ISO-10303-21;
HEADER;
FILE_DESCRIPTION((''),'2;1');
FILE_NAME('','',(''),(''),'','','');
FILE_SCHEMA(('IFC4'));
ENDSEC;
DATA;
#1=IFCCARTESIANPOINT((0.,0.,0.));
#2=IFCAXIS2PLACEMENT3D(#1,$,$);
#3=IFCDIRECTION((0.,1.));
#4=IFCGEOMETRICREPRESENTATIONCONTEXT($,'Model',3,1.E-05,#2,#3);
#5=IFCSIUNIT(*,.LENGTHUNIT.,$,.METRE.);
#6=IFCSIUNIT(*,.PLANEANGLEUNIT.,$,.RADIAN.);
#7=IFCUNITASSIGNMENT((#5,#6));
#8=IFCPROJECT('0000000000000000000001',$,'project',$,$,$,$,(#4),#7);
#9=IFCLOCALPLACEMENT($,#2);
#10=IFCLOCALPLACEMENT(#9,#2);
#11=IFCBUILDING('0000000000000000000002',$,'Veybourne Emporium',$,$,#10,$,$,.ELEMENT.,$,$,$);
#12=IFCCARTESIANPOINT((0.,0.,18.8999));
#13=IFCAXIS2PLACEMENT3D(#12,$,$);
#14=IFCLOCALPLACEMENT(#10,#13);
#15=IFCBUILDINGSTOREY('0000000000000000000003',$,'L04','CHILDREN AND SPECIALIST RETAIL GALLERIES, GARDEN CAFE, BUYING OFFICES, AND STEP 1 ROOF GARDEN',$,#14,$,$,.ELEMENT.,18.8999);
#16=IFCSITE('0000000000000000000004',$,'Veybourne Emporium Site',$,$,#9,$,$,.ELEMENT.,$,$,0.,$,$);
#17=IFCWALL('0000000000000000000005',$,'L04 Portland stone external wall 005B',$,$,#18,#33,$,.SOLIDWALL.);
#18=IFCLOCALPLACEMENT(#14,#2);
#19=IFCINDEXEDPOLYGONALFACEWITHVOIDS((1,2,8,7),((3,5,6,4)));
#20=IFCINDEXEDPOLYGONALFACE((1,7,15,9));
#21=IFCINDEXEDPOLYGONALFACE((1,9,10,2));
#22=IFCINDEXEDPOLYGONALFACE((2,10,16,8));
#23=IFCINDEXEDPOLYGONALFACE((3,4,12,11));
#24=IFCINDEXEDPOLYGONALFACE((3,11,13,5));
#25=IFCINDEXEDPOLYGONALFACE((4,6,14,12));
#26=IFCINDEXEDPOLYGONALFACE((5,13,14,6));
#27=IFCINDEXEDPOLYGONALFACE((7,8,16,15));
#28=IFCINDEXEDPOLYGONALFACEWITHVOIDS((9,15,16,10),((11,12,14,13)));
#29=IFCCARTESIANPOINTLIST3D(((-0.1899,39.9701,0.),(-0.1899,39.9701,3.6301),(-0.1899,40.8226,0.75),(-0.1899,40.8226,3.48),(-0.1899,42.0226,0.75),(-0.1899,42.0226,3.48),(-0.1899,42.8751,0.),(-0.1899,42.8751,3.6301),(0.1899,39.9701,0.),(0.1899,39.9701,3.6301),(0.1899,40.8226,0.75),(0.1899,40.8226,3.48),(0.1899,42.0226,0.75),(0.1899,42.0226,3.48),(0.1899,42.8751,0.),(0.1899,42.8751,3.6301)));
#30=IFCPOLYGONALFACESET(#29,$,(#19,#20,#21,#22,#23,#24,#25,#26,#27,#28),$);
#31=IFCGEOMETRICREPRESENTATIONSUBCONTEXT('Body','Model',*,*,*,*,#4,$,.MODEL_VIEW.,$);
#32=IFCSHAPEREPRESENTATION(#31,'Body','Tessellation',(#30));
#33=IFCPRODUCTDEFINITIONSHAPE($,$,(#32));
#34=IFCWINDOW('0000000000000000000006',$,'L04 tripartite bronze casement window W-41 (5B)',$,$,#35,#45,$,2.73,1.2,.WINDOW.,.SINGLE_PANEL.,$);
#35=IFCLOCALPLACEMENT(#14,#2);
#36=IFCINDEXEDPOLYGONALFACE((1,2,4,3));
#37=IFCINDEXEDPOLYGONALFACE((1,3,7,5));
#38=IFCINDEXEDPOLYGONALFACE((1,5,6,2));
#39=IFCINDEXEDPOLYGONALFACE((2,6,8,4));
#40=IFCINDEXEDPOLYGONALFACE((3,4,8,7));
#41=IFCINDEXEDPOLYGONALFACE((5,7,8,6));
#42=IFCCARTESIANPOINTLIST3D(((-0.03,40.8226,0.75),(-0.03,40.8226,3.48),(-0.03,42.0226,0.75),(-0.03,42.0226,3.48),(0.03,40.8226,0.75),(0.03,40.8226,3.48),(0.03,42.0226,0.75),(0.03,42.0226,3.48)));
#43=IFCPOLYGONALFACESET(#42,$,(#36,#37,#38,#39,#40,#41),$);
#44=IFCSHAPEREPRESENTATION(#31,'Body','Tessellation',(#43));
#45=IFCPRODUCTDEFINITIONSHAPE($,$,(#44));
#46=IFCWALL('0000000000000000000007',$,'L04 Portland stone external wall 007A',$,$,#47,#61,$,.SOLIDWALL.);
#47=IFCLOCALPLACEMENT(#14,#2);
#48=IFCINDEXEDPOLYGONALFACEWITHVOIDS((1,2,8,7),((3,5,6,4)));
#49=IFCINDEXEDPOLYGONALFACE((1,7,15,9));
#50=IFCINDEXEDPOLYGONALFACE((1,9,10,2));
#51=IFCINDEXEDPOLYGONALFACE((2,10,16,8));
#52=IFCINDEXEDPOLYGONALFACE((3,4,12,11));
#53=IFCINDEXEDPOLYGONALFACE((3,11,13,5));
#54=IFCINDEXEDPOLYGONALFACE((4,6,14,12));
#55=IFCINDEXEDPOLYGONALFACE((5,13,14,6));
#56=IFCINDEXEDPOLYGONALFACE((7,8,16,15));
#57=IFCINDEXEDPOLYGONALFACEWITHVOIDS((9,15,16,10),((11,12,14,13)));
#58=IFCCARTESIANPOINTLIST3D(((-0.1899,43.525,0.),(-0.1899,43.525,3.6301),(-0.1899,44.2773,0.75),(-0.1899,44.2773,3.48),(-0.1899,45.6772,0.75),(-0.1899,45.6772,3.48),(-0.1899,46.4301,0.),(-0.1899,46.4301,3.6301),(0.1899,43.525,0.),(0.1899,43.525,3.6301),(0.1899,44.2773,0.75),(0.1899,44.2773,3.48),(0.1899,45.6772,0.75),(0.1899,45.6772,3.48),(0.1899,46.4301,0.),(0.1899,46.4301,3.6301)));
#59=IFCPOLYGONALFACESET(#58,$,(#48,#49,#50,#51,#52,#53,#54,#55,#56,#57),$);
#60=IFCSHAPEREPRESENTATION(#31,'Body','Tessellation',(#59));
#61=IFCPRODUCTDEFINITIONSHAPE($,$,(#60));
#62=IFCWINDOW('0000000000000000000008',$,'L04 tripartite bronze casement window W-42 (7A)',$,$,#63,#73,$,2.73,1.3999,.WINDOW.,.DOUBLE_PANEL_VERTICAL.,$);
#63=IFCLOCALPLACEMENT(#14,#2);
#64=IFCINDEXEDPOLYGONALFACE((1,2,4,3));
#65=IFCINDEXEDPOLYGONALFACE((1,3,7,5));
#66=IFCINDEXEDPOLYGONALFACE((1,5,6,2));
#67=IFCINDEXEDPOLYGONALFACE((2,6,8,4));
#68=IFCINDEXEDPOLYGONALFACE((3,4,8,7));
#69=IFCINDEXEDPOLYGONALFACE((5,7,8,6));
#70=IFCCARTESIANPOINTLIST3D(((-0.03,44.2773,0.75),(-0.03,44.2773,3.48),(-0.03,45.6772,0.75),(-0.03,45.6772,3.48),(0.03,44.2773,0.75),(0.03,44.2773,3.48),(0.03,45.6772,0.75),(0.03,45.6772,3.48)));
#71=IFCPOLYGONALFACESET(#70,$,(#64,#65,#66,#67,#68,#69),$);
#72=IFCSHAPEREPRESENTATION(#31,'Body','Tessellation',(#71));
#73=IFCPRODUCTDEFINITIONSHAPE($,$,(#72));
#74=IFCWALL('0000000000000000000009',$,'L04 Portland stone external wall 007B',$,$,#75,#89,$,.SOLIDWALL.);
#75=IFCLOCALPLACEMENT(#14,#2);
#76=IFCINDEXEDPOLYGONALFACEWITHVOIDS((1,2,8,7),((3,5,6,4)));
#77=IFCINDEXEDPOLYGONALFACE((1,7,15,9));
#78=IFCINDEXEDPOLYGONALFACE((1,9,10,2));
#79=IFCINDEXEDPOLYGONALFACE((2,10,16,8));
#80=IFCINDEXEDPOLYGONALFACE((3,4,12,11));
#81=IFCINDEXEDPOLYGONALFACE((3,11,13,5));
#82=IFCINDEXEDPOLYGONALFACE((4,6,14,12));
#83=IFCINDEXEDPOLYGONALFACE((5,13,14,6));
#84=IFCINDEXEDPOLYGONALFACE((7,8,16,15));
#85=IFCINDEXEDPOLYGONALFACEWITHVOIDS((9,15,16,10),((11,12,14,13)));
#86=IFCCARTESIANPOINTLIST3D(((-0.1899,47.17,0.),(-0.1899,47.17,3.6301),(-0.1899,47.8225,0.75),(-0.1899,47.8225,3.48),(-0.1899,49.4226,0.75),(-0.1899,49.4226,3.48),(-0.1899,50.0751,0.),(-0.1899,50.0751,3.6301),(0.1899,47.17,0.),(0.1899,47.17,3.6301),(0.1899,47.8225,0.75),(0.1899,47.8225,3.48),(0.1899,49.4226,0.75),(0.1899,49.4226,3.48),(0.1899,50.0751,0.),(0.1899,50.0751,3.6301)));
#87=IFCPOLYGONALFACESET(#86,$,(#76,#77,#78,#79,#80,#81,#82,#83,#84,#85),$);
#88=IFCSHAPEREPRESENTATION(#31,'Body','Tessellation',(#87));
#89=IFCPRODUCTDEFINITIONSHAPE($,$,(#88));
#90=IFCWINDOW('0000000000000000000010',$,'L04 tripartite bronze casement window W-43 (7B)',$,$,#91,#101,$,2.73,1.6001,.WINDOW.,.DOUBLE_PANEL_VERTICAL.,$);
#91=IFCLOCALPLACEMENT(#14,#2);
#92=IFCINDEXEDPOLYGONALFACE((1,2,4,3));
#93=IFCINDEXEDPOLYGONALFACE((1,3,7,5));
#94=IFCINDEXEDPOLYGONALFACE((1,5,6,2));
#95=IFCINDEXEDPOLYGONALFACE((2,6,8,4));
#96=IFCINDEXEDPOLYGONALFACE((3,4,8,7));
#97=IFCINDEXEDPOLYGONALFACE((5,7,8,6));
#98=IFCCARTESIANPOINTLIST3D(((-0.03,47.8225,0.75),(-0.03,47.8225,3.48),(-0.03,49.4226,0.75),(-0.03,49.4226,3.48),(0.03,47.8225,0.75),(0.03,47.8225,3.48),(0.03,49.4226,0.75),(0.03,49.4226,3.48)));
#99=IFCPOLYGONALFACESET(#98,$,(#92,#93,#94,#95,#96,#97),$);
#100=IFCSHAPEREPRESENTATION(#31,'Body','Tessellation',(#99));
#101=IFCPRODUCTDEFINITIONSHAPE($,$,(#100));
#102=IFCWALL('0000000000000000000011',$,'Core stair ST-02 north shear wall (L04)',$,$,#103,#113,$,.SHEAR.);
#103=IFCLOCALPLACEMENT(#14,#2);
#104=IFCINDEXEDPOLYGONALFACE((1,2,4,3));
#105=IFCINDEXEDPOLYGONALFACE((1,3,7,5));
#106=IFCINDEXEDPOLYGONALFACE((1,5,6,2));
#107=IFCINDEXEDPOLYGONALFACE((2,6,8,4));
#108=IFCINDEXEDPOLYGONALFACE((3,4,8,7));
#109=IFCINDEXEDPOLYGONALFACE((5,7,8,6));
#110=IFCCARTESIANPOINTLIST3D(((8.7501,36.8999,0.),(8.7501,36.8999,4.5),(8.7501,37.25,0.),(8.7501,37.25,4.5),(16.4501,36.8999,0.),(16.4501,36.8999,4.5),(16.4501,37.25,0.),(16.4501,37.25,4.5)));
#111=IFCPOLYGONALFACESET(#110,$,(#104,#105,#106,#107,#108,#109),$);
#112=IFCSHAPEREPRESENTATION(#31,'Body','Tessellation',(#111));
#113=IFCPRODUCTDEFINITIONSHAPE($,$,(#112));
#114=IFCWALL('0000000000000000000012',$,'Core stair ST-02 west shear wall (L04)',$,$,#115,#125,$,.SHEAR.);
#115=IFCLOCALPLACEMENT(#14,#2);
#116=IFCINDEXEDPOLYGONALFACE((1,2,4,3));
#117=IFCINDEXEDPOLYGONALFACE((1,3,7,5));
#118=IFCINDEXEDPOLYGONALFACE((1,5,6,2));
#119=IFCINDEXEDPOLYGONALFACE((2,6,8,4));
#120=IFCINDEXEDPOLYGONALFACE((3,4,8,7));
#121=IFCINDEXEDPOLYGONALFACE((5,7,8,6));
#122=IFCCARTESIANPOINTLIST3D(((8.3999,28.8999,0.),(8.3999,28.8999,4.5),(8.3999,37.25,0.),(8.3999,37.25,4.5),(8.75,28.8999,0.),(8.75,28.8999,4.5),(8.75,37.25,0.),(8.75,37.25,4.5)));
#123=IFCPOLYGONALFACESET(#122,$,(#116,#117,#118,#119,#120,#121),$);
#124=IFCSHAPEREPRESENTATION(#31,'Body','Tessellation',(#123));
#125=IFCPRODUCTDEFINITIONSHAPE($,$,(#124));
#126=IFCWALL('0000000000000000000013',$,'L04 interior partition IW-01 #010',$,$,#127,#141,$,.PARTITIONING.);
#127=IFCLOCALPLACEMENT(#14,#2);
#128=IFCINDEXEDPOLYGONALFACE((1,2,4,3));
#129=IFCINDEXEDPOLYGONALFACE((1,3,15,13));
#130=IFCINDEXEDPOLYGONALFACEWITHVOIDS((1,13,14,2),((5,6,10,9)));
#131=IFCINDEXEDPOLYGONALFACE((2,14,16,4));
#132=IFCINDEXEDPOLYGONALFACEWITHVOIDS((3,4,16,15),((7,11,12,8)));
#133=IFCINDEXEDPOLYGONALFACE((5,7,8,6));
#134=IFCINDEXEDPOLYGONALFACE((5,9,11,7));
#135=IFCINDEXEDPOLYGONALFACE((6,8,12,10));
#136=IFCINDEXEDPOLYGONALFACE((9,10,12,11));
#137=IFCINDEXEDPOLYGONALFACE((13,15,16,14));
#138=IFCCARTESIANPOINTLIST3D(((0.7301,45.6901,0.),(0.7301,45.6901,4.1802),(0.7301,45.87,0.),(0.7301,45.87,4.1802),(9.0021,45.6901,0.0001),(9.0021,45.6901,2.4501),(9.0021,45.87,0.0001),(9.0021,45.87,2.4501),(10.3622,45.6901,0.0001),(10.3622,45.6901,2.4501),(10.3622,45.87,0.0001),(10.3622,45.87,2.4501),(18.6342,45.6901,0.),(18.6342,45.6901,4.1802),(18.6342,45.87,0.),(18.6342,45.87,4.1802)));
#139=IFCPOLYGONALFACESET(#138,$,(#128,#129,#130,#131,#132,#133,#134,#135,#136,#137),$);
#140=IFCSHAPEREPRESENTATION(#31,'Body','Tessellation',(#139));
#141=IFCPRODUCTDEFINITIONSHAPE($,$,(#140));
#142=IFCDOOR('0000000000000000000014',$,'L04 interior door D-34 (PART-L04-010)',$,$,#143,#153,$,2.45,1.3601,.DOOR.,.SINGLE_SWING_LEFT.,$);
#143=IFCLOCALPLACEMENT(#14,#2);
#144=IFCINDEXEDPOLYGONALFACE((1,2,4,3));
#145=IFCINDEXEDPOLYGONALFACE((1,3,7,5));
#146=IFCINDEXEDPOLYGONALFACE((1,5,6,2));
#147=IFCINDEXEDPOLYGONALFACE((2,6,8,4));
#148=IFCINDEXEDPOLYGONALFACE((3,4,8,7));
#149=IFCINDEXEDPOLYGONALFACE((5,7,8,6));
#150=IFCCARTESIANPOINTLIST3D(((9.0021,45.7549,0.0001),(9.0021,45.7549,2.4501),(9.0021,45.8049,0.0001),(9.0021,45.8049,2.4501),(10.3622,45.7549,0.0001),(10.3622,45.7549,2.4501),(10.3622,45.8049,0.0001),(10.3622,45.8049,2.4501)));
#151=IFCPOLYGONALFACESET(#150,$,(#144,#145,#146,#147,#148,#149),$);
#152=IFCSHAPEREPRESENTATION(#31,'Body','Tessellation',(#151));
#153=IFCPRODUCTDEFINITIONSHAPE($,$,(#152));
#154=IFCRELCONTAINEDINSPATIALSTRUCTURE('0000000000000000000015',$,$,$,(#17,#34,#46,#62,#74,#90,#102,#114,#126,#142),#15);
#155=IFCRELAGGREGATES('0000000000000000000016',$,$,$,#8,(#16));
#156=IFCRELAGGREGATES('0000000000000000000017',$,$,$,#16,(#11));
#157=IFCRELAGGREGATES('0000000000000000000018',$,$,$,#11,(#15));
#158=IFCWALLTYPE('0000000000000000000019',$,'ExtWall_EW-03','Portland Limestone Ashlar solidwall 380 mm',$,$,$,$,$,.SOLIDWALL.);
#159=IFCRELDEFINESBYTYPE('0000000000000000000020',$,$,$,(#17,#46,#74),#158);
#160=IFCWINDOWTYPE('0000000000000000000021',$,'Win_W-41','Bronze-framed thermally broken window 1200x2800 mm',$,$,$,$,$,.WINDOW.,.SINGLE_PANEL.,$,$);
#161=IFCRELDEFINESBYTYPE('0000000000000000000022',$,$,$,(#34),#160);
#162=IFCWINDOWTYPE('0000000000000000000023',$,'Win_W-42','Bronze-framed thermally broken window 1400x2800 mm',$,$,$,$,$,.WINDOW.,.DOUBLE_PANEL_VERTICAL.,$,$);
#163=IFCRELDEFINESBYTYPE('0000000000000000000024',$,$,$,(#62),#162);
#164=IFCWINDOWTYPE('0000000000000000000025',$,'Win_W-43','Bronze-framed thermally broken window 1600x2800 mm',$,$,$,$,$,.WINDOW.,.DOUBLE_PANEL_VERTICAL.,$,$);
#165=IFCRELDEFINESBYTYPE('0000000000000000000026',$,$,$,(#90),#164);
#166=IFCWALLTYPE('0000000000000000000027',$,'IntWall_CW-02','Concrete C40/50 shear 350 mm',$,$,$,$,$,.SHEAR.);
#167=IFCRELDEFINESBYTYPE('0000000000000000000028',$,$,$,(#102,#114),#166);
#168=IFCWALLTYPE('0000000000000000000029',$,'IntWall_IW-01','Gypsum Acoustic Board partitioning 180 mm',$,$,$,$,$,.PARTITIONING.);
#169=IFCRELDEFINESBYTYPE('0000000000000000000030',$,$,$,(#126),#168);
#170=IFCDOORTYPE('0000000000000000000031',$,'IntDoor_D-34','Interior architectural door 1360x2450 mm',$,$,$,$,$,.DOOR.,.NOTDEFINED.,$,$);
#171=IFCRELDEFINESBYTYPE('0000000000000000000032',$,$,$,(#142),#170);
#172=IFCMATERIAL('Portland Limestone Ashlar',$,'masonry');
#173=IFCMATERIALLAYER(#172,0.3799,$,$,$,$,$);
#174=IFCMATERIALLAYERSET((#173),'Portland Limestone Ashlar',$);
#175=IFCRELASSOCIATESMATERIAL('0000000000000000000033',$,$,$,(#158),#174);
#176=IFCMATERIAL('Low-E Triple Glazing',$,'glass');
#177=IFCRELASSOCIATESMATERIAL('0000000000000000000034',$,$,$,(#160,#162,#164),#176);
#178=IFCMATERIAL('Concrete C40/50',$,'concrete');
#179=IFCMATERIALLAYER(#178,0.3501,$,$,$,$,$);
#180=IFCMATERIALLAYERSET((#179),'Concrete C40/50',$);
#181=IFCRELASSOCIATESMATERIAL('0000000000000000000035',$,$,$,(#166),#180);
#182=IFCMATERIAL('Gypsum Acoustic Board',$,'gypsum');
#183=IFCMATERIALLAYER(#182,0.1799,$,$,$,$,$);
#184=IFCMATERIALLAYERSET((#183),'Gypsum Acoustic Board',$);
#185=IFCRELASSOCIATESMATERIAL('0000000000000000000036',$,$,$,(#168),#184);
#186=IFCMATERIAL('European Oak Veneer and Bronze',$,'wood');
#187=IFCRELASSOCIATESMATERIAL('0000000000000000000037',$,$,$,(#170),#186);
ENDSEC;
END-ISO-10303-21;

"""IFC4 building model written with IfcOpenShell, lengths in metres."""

from ifc_helpers import new_model, si_unit, direction, frame, frame_2d, origin, place, context, subcontext, project, spatial, rectangle, extrude, material, layer, layer_set, type_object, element, fill, save


model = new_model("IFC4")

# Units and contexts
model_context = context("Model", 3, precision=1e-05, world=origin(), true_north=direction((0.0, 1.0)))
body_context = subcontext(model_context, "Body", "Model", "MODEL_VIEW")
ifc_project = project(units=[si_unit("LENGTHUNIT", "METRE"), si_unit("PLANEANGLEUNIT", "RADIAN")], contexts=[model_context])

# Site, building, storey
site_placement = place(None, origin())
site = spatial("IfcSite", under=ifc_project, at=site_placement, Name="Veybourne Emporium Site", CompositionType="ELEMENT", RefElevation=0.0)
building_placement = place(site_placement, origin())
building = spatial("IfcBuilding", under=site, at=building_placement, Name="Veybourne Emporium", CompositionType="ELEMENT")
storey_placement = place(building_placement, frame((0.0, 0.0, 18.8999)))
storey = spatial("IfcBuildingStorey", under=building, at=storey_placement, Name="L04", Description="CHILDREN AND SPECIALIST RETAIL GALLERIES, GARDEN CAFE, BUYING OFFICES, AND STEP 1 ROOF GARDEN", CompositionType="ELEMENT", Elevation=18.8999)

# Shared definitions
ifc_material_1 = material(Name="Concrete C40/50", Category="concrete")

# Walls, openings, windows
ifc_material_2 = material(Name="Portland Limestone Ashlar", Category="masonry")
ifc_layer_1 = layer(ifc_material_2, 0.3799)
ifc_layer_set_1 = layer_set([ifc_layer_1], Name="Portland Limestone Ashlar")
wall_type_1 = type_object("IfcWallType", Name="ExtWall_EW-03", Description="Portland Limestone Ashlar solidwall 380 mm", PredefinedType="SOLIDWALL", material=ifc_layer_set_1)
ifc_material_3 = material(Name="Low-E Triple Glazing", Category="glass")
wall_1_placement = place(storey_placement, frame((0.0, 39.97, 0.0), z_axis=(0.0, 0.0, 1.0), x_axis=(0.0, 1.0, 0.0)))
wall_1 = element("IfcWall", 1, at=wall_1_placement, inside=storey, type_object=wall_type_1, Name="L04 Portland stone external wall 005B", PredefinedType="SOLIDWALL", context=body_context, shape_type="SweptSolid", body=[
    extrude(rectangle(XDim=2.905, YDim=0.3799, at=frame_2d((1.4526, 0.0))), origin(), (0.0, 0.0, 1.0), 3.6301),
])
opening_1_placement = place(wall_1_placement, frame((0.8525, 0.0, 0.75)))
opening_1 = element("IfcOpeningElement", 2, at=opening_1_placement, cuts=wall_1, PredefinedType="OPENING", context=body_context, shape_type="SweptSolid", body=[
    extrude(rectangle(XDim=1.2, YDim=2.73, at=frame_2d((0.6001, 1.365))), frame((0.0, 0.21, 0.0), z_axis=(0.0, -1.0, 0.0), x_axis=(1.0, 0.0, 0.0)), (0.0, 0.0, 1.0), 0.4199),
])
window_type_1 = type_object("IfcWindowType", Name="Win_W-41", Description="Bronze-framed thermally broken window 1200x2800 mm", PartitioningType="SINGLE_PANEL", PredefinedType="WINDOW", material=ifc_material_3)
window_1_placement = place(opening_1_placement, origin())
window_1 = element("IfcWindow", 3, at=window_1_placement, inside=storey, type_object=window_type_1, Name="L04 tripartite bronze casement window W-41 (5B)", OverallHeight=2.73, OverallWidth=1.2, PartitioningType="SINGLE_PANEL", PredefinedType="WINDOW", context=body_context, shape_type="SweptSolid", body=[
    extrude(rectangle(XDim=1.2, YDim=2.73, at=frame_2d((0.6001, 1.365))), frame((0.0, 0.03, 0.0), z_axis=(0.0, -1.0, 0.0), x_axis=(1.0, 0.0, 0.0)), (0.0, 0.0, 1.0), 0.0601),
])
fill(opening_1, window_1)
wall_2_placement = place(storey_placement, frame((0.0, 43.5249, 0.0), z_axis=(0.0, 0.0, 1.0), x_axis=(0.0, 1.0, 0.0)))
wall_2 = element("IfcWall", 4, at=wall_2_placement, inside=storey, type_object=wall_type_1, Name="L04 Portland stone external wall 007A", PredefinedType="SOLIDWALL", context=body_context, shape_type="SweptSolid", body=[
    extrude(rectangle(XDim=2.905, YDim=0.3799, at=frame_2d((1.4526, 0.0))), origin(), (0.0, 0.0, 1.0), 3.6301),
])
opening_2_placement = place(wall_2_placement, frame((0.7524, 0.0, 0.75)))
opening_2 = element("IfcOpeningElement", 5, at=opening_2_placement, cuts=wall_2, PredefinedType="OPENING", context=body_context, shape_type="SweptSolid", body=[
    extrude(rectangle(XDim=1.3999, YDim=2.73, at=frame_2d((0.7, 1.365))), frame((0.0, 0.21, 0.0), z_axis=(0.0, -1.0, 0.0), x_axis=(1.0, 0.0, 0.0)), (0.0, 0.0, 1.0), 0.4199),
])
window_type_2 = type_object("IfcWindowType", Name="Win_W-42", Description="Bronze-framed thermally broken window 1400x2800 mm", PartitioningType="DOUBLE_PANEL_VERTICAL", PredefinedType="WINDOW", material=ifc_material_3)
window_2_placement = place(opening_2_placement, origin())
window_2 = element("IfcWindow", 6, at=window_2_placement, inside=storey, type_object=window_type_2, Name="L04 tripartite bronze casement window W-42 (7A)", OverallHeight=2.73, OverallWidth=1.3999, PartitioningType="DOUBLE_PANEL_VERTICAL", PredefinedType="WINDOW", context=body_context, shape_type="SweptSolid", body=[
    extrude(rectangle(XDim=1.3999, YDim=2.73, at=frame_2d((0.7, 1.365))), frame((0.0, 0.03, 0.0), z_axis=(0.0, -1.0, 0.0), x_axis=(1.0, 0.0, 0.0)), (0.0, 0.0, 1.0), 0.0601),
])
fill(opening_2, window_2)
wall_3_placement = place(storey_placement, frame((0.0, 47.1699, 0.0), z_axis=(0.0, 0.0, 1.0), x_axis=(0.0, 1.0, 0.0)))
wall_3 = element("IfcWall", 7, at=wall_3_placement, inside=storey, type_object=wall_type_1, Name="L04 Portland stone external wall 007B", PredefinedType="SOLIDWALL", context=body_context, shape_type="SweptSolid", body=[
    extrude(rectangle(XDim=2.905, YDim=0.3799, at=frame_2d((1.4526, 0.0))), origin(), (0.0, 0.0, 1.0), 3.6301),
])
opening_3_placement = place(wall_3_placement, frame((0.6526, 0.0, 0.75)))
opening_3 = element("IfcOpeningElement", 8, at=opening_3_placement, cuts=wall_3, PredefinedType="OPENING", context=body_context, shape_type="SweptSolid", body=[
    extrude(rectangle(XDim=1.6001, YDim=2.73, at=frame_2d((0.8, 1.365))), frame((0.0, 0.21, 0.0), z_axis=(0.0, -1.0, 0.0), x_axis=(1.0, 0.0, 0.0)), (0.0, 0.0, 1.0), 0.4199),
])
window_type_3 = type_object("IfcWindowType", Name="Win_W-43", Description="Bronze-framed thermally broken window 1600x2800 mm", PartitioningType="DOUBLE_PANEL_VERTICAL", PredefinedType="WINDOW", material=ifc_material_3)
window_3_placement = place(opening_3_placement, origin())
window_3 = element("IfcWindow", 9, at=window_3_placement, inside=storey, type_object=window_type_3, Name="L04 tripartite bronze casement window W-43 (7B)", OverallHeight=2.73, OverallWidth=1.6001, PartitioningType="DOUBLE_PANEL_VERTICAL", PredefinedType="WINDOW", context=body_context, shape_type="SweptSolid", body=[
    extrude(rectangle(XDim=1.6001, YDim=2.73, at=frame_2d((0.8, 1.365))), frame((0.0, 0.03, 0.0), z_axis=(0.0, -1.0, 0.0), x_axis=(1.0, 0.0, 0.0)), (0.0, 0.0, 1.0), 0.0601),
])
fill(opening_3, window_3)

# Walls
ifc_layer_2 = layer(ifc_material_1, 0.3501)
ifc_layer_set_2 = layer_set([ifc_layer_2], Name="Concrete C40/50")
wall_type_2 = type_object("IfcWallType", Name="IntWall_CW-02", Description="Concrete C40/50 shear 350 mm", PredefinedType="SHEAR", material=ifc_layer_set_2)
wall_4_placement = place(storey_placement, frame((8.75, 37.075, 0.0), z_axis=(0.0, 0.0, 1.0), x_axis=(1.0, 0.0, 0.0)))
element("IfcWall", 10, at=wall_4_placement, inside=storey, type_object=wall_type_2, Name="Core stair ST-02 north shear wall (L04)", PredefinedType="SHEAR", context=body_context, shape_type="SweptSolid", body=[
    extrude(rectangle(XDim=7.7, YDim=0.3501, at=frame_2d((3.8501, 0.0))), origin(), (0.0, 0.0, 1.0), 4.5),
])
wall_5_placement = place(storey_placement, frame((8.575, 37.25, 0.0), z_axis=(0.0, 0.0, 1.0), x_axis=(0.0, -1.0, 0.0)))
element("IfcWall", 11, at=wall_5_placement, inside=storey, type_object=wall_type_2, Name="Core stair ST-02 west shear wall (L04)", PredefinedType="SHEAR", context=body_context, shape_type="SweptSolid", body=[
    extrude(rectangle(XDim=8.3501, YDim=0.3501, at=frame_2d((4.175, 0.0))), origin(), (0.0, 0.0, 1.0), 4.5),
])

# Wall, opening, door
ifc_material_4 = material(Name="Gypsum Acoustic Board", Category="gypsum")
ifc_layer_3 = layer(ifc_material_4, 0.1799)
ifc_layer_set_3 = layer_set([ifc_layer_3], Name="Gypsum Acoustic Board")
wall_type_3 = type_object("IfcWallType", Name="IntWall_IW-01", Description="Gypsum Acoustic Board partitioning 180 mm", PredefinedType="PARTITIONING", material=ifc_layer_set_3)
wall_6_placement = place(storey_placement, frame((0.73, 45.78, 0.0), z_axis=(0.0, 0.0, 1.0), x_axis=(1.0, 0.0, 0.0)))
wall_6 = element("IfcWall", 12, at=wall_6_placement, inside=storey, type_object=wall_type_3, Name="L04 interior partition IW-01 #010", PredefinedType="PARTITIONING", context=body_context, shape_type="SweptSolid", body=[
    extrude(rectangle(XDim=17.9041, YDim=0.1799, at=frame_2d((8.9521, 0.0))), origin(), (0.0, 0.0, 1.0), 4.1802),
])
opening_4_placement = place(wall_6_placement, frame((8.272, 0.0, 0.0)))
opening_4 = element("IfcOpeningElement", 13, at=opening_4_placement, cuts=wall_6, PredefinedType="OPENING", context=body_context, shape_type="SweptSolid", body=[
    extrude(rectangle(XDim=1.3601, YDim=2.45, at=frame_2d((0.6802, 1.2251))), frame((0.0, 0.1099, 0.0), z_axis=(0.0, -1.0, 0.0), x_axis=(1.0, 0.0, 0.0)), (0.0, 0.0, 1.0), 0.22),
])
ifc_material_5 = material(Name="European Oak Veneer and Bronze", Category="wood")
door_type_1 = type_object("IfcDoorType", Name="IntDoor_D-34", Description="Interior architectural door 1360x2450 mm", OperationType="NOTDEFINED", PredefinedType="DOOR", material=ifc_material_5)
door_1_placement = place(opening_4_placement, origin())
door_1 = element("IfcDoor", 14, at=door_1_placement, inside=storey, type_object=door_type_1, Name="L04 interior door D-34 (PART-L04-010)", OperationType="SINGLE_SWING_LEFT", OverallHeight=2.45, OverallWidth=1.3601, PredefinedType="DOOR", context=body_context, shape_type="SweptSolid", body=[
    extrude(rectangle(XDim=1.3601, YDim=2.45, at=frame_2d((0.6802, 1.2251))), frame((0.0, 0.0249, 0.0), z_axis=(0.0, -1.0, 0.0), x_axis=(1.0, 0.0, 0.0)), (0.0, 0.0, 1.0), 0.05),
])
fill(opening_4, door_1)

save(model, "model.ifc")
